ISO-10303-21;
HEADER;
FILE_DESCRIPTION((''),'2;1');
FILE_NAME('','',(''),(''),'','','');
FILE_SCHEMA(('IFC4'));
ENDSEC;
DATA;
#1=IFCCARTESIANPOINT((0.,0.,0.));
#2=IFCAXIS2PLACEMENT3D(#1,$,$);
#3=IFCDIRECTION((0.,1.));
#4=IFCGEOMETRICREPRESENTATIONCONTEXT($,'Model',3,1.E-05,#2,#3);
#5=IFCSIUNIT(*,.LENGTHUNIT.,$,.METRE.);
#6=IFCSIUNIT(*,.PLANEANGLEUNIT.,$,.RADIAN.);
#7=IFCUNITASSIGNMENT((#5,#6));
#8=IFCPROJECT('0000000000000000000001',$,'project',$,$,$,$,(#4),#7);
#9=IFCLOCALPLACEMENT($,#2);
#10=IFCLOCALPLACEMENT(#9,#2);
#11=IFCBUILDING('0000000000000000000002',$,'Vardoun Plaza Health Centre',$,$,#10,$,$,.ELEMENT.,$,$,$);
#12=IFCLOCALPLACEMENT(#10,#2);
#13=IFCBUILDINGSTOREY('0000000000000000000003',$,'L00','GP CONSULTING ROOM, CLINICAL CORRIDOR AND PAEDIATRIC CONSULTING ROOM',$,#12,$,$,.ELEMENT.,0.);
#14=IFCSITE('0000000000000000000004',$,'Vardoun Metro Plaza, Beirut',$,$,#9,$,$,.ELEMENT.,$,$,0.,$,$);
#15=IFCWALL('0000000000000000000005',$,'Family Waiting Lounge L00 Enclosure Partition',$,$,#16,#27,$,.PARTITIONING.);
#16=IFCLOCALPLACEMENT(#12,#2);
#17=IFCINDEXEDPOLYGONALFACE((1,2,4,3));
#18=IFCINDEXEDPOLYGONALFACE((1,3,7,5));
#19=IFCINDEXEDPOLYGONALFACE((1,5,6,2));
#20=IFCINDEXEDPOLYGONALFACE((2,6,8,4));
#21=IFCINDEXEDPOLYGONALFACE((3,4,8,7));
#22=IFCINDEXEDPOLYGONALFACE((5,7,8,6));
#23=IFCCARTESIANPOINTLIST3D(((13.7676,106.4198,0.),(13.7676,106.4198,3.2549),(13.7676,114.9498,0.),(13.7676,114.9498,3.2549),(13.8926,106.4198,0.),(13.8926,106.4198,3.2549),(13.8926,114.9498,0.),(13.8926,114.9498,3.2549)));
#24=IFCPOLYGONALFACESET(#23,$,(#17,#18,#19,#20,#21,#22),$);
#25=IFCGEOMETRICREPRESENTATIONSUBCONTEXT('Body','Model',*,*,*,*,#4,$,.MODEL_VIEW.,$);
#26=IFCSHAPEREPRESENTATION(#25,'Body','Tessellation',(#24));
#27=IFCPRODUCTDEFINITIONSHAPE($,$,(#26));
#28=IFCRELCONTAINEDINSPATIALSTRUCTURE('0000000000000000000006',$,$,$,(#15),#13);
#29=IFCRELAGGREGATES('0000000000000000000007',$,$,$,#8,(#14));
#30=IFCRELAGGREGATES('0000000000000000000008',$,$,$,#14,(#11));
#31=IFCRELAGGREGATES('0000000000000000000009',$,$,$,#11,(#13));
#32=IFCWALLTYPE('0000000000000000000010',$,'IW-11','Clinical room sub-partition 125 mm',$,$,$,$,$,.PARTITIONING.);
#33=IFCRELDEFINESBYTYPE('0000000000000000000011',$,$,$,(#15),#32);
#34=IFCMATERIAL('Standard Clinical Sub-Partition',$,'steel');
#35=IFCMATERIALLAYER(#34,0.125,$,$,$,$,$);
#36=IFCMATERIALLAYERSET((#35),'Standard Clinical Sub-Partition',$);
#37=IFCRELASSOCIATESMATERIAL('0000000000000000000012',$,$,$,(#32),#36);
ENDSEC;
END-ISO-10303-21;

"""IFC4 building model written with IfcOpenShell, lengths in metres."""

from ifc_helpers import new_model, si_unit, direction, frame, frame_2d, origin, place, context, subcontext, project, spatial, rectangle, extrude, material, layer, layer_set, type_object, element, save


model = new_model("IFC4")

# Units and contexts
model_context = context("Model", 3, precision=1e-05, world=origin(), true_north=direction((0.0, 1.0)))
body_context = subcontext(model_context, "Body", "Model", "MODEL_VIEW")
ifc_project = project(units=[si_unit("LENGTHUNIT", "METRE"), si_unit("PLANEANGLEUNIT", "RADIAN")], contexts=[model_context])

# Site, building, storey
site_placement = place(None, origin())
site = spatial("IfcSite", under=ifc_project, at=site_placement, Name="Vardoun Metro Plaza, Beirut", CompositionType="ELEMENT", RefElevation=0.0)
building_placement = place(site_placement, origin())
building = spatial("IfcBuilding", under=site, at=building_placement, Name="Vardoun Plaza Health Centre", CompositionType="ELEMENT")
storey_placement = place(building_placement, origin())
storey = spatial("IfcBuildingStorey", under=building, at=storey_placement, Name="L00", Description="GP CONSULTING ROOM, CLINICAL CORRIDOR AND PAEDIATRIC CONSULTING ROOM", CompositionType="ELEMENT", Elevation=0.0)

# Wall
ifc_material_1 = material(Name="Standard Clinical Sub-Partition", Category="steel")
ifc_layer_1 = layer(ifc_material_1, 0.125)
ifc_layer_set_1 = layer_set([ifc_layer_1], Name="Standard Clinical Sub-Partition")
wall_type_1 = type_object("IfcWallType", Name="IW-11", Description="Clinical room sub-partition 125 mm", PredefinedType="PARTITIONING", material=ifc_layer_set_1)
for number, where, z_axis, x_axis, name in (
    (1, (13.8301, 114.95, 0.0), (0.0, 0.0, 1.0), (0.0, -1.0, 0.0), "Family Waiting Lounge L00 Enclosure Partition"),
):
    element("IfcWall", number, at=place(storey_placement, frame(where, z_axis=z_axis, x_axis=x_axis)), inside=storey, type_object=wall_type_1, Name=name, PredefinedType="PARTITIONING", context=body_context, shape_type="SweptSolid", body=[
        extrude(rectangle(XDim=8.53, YDim=0.125, at=frame_2d((4.2651, 0.0))), origin(), (0.0, 0.0, 1.0), 3.2549),
    ])

save(model, "model.ifc")
